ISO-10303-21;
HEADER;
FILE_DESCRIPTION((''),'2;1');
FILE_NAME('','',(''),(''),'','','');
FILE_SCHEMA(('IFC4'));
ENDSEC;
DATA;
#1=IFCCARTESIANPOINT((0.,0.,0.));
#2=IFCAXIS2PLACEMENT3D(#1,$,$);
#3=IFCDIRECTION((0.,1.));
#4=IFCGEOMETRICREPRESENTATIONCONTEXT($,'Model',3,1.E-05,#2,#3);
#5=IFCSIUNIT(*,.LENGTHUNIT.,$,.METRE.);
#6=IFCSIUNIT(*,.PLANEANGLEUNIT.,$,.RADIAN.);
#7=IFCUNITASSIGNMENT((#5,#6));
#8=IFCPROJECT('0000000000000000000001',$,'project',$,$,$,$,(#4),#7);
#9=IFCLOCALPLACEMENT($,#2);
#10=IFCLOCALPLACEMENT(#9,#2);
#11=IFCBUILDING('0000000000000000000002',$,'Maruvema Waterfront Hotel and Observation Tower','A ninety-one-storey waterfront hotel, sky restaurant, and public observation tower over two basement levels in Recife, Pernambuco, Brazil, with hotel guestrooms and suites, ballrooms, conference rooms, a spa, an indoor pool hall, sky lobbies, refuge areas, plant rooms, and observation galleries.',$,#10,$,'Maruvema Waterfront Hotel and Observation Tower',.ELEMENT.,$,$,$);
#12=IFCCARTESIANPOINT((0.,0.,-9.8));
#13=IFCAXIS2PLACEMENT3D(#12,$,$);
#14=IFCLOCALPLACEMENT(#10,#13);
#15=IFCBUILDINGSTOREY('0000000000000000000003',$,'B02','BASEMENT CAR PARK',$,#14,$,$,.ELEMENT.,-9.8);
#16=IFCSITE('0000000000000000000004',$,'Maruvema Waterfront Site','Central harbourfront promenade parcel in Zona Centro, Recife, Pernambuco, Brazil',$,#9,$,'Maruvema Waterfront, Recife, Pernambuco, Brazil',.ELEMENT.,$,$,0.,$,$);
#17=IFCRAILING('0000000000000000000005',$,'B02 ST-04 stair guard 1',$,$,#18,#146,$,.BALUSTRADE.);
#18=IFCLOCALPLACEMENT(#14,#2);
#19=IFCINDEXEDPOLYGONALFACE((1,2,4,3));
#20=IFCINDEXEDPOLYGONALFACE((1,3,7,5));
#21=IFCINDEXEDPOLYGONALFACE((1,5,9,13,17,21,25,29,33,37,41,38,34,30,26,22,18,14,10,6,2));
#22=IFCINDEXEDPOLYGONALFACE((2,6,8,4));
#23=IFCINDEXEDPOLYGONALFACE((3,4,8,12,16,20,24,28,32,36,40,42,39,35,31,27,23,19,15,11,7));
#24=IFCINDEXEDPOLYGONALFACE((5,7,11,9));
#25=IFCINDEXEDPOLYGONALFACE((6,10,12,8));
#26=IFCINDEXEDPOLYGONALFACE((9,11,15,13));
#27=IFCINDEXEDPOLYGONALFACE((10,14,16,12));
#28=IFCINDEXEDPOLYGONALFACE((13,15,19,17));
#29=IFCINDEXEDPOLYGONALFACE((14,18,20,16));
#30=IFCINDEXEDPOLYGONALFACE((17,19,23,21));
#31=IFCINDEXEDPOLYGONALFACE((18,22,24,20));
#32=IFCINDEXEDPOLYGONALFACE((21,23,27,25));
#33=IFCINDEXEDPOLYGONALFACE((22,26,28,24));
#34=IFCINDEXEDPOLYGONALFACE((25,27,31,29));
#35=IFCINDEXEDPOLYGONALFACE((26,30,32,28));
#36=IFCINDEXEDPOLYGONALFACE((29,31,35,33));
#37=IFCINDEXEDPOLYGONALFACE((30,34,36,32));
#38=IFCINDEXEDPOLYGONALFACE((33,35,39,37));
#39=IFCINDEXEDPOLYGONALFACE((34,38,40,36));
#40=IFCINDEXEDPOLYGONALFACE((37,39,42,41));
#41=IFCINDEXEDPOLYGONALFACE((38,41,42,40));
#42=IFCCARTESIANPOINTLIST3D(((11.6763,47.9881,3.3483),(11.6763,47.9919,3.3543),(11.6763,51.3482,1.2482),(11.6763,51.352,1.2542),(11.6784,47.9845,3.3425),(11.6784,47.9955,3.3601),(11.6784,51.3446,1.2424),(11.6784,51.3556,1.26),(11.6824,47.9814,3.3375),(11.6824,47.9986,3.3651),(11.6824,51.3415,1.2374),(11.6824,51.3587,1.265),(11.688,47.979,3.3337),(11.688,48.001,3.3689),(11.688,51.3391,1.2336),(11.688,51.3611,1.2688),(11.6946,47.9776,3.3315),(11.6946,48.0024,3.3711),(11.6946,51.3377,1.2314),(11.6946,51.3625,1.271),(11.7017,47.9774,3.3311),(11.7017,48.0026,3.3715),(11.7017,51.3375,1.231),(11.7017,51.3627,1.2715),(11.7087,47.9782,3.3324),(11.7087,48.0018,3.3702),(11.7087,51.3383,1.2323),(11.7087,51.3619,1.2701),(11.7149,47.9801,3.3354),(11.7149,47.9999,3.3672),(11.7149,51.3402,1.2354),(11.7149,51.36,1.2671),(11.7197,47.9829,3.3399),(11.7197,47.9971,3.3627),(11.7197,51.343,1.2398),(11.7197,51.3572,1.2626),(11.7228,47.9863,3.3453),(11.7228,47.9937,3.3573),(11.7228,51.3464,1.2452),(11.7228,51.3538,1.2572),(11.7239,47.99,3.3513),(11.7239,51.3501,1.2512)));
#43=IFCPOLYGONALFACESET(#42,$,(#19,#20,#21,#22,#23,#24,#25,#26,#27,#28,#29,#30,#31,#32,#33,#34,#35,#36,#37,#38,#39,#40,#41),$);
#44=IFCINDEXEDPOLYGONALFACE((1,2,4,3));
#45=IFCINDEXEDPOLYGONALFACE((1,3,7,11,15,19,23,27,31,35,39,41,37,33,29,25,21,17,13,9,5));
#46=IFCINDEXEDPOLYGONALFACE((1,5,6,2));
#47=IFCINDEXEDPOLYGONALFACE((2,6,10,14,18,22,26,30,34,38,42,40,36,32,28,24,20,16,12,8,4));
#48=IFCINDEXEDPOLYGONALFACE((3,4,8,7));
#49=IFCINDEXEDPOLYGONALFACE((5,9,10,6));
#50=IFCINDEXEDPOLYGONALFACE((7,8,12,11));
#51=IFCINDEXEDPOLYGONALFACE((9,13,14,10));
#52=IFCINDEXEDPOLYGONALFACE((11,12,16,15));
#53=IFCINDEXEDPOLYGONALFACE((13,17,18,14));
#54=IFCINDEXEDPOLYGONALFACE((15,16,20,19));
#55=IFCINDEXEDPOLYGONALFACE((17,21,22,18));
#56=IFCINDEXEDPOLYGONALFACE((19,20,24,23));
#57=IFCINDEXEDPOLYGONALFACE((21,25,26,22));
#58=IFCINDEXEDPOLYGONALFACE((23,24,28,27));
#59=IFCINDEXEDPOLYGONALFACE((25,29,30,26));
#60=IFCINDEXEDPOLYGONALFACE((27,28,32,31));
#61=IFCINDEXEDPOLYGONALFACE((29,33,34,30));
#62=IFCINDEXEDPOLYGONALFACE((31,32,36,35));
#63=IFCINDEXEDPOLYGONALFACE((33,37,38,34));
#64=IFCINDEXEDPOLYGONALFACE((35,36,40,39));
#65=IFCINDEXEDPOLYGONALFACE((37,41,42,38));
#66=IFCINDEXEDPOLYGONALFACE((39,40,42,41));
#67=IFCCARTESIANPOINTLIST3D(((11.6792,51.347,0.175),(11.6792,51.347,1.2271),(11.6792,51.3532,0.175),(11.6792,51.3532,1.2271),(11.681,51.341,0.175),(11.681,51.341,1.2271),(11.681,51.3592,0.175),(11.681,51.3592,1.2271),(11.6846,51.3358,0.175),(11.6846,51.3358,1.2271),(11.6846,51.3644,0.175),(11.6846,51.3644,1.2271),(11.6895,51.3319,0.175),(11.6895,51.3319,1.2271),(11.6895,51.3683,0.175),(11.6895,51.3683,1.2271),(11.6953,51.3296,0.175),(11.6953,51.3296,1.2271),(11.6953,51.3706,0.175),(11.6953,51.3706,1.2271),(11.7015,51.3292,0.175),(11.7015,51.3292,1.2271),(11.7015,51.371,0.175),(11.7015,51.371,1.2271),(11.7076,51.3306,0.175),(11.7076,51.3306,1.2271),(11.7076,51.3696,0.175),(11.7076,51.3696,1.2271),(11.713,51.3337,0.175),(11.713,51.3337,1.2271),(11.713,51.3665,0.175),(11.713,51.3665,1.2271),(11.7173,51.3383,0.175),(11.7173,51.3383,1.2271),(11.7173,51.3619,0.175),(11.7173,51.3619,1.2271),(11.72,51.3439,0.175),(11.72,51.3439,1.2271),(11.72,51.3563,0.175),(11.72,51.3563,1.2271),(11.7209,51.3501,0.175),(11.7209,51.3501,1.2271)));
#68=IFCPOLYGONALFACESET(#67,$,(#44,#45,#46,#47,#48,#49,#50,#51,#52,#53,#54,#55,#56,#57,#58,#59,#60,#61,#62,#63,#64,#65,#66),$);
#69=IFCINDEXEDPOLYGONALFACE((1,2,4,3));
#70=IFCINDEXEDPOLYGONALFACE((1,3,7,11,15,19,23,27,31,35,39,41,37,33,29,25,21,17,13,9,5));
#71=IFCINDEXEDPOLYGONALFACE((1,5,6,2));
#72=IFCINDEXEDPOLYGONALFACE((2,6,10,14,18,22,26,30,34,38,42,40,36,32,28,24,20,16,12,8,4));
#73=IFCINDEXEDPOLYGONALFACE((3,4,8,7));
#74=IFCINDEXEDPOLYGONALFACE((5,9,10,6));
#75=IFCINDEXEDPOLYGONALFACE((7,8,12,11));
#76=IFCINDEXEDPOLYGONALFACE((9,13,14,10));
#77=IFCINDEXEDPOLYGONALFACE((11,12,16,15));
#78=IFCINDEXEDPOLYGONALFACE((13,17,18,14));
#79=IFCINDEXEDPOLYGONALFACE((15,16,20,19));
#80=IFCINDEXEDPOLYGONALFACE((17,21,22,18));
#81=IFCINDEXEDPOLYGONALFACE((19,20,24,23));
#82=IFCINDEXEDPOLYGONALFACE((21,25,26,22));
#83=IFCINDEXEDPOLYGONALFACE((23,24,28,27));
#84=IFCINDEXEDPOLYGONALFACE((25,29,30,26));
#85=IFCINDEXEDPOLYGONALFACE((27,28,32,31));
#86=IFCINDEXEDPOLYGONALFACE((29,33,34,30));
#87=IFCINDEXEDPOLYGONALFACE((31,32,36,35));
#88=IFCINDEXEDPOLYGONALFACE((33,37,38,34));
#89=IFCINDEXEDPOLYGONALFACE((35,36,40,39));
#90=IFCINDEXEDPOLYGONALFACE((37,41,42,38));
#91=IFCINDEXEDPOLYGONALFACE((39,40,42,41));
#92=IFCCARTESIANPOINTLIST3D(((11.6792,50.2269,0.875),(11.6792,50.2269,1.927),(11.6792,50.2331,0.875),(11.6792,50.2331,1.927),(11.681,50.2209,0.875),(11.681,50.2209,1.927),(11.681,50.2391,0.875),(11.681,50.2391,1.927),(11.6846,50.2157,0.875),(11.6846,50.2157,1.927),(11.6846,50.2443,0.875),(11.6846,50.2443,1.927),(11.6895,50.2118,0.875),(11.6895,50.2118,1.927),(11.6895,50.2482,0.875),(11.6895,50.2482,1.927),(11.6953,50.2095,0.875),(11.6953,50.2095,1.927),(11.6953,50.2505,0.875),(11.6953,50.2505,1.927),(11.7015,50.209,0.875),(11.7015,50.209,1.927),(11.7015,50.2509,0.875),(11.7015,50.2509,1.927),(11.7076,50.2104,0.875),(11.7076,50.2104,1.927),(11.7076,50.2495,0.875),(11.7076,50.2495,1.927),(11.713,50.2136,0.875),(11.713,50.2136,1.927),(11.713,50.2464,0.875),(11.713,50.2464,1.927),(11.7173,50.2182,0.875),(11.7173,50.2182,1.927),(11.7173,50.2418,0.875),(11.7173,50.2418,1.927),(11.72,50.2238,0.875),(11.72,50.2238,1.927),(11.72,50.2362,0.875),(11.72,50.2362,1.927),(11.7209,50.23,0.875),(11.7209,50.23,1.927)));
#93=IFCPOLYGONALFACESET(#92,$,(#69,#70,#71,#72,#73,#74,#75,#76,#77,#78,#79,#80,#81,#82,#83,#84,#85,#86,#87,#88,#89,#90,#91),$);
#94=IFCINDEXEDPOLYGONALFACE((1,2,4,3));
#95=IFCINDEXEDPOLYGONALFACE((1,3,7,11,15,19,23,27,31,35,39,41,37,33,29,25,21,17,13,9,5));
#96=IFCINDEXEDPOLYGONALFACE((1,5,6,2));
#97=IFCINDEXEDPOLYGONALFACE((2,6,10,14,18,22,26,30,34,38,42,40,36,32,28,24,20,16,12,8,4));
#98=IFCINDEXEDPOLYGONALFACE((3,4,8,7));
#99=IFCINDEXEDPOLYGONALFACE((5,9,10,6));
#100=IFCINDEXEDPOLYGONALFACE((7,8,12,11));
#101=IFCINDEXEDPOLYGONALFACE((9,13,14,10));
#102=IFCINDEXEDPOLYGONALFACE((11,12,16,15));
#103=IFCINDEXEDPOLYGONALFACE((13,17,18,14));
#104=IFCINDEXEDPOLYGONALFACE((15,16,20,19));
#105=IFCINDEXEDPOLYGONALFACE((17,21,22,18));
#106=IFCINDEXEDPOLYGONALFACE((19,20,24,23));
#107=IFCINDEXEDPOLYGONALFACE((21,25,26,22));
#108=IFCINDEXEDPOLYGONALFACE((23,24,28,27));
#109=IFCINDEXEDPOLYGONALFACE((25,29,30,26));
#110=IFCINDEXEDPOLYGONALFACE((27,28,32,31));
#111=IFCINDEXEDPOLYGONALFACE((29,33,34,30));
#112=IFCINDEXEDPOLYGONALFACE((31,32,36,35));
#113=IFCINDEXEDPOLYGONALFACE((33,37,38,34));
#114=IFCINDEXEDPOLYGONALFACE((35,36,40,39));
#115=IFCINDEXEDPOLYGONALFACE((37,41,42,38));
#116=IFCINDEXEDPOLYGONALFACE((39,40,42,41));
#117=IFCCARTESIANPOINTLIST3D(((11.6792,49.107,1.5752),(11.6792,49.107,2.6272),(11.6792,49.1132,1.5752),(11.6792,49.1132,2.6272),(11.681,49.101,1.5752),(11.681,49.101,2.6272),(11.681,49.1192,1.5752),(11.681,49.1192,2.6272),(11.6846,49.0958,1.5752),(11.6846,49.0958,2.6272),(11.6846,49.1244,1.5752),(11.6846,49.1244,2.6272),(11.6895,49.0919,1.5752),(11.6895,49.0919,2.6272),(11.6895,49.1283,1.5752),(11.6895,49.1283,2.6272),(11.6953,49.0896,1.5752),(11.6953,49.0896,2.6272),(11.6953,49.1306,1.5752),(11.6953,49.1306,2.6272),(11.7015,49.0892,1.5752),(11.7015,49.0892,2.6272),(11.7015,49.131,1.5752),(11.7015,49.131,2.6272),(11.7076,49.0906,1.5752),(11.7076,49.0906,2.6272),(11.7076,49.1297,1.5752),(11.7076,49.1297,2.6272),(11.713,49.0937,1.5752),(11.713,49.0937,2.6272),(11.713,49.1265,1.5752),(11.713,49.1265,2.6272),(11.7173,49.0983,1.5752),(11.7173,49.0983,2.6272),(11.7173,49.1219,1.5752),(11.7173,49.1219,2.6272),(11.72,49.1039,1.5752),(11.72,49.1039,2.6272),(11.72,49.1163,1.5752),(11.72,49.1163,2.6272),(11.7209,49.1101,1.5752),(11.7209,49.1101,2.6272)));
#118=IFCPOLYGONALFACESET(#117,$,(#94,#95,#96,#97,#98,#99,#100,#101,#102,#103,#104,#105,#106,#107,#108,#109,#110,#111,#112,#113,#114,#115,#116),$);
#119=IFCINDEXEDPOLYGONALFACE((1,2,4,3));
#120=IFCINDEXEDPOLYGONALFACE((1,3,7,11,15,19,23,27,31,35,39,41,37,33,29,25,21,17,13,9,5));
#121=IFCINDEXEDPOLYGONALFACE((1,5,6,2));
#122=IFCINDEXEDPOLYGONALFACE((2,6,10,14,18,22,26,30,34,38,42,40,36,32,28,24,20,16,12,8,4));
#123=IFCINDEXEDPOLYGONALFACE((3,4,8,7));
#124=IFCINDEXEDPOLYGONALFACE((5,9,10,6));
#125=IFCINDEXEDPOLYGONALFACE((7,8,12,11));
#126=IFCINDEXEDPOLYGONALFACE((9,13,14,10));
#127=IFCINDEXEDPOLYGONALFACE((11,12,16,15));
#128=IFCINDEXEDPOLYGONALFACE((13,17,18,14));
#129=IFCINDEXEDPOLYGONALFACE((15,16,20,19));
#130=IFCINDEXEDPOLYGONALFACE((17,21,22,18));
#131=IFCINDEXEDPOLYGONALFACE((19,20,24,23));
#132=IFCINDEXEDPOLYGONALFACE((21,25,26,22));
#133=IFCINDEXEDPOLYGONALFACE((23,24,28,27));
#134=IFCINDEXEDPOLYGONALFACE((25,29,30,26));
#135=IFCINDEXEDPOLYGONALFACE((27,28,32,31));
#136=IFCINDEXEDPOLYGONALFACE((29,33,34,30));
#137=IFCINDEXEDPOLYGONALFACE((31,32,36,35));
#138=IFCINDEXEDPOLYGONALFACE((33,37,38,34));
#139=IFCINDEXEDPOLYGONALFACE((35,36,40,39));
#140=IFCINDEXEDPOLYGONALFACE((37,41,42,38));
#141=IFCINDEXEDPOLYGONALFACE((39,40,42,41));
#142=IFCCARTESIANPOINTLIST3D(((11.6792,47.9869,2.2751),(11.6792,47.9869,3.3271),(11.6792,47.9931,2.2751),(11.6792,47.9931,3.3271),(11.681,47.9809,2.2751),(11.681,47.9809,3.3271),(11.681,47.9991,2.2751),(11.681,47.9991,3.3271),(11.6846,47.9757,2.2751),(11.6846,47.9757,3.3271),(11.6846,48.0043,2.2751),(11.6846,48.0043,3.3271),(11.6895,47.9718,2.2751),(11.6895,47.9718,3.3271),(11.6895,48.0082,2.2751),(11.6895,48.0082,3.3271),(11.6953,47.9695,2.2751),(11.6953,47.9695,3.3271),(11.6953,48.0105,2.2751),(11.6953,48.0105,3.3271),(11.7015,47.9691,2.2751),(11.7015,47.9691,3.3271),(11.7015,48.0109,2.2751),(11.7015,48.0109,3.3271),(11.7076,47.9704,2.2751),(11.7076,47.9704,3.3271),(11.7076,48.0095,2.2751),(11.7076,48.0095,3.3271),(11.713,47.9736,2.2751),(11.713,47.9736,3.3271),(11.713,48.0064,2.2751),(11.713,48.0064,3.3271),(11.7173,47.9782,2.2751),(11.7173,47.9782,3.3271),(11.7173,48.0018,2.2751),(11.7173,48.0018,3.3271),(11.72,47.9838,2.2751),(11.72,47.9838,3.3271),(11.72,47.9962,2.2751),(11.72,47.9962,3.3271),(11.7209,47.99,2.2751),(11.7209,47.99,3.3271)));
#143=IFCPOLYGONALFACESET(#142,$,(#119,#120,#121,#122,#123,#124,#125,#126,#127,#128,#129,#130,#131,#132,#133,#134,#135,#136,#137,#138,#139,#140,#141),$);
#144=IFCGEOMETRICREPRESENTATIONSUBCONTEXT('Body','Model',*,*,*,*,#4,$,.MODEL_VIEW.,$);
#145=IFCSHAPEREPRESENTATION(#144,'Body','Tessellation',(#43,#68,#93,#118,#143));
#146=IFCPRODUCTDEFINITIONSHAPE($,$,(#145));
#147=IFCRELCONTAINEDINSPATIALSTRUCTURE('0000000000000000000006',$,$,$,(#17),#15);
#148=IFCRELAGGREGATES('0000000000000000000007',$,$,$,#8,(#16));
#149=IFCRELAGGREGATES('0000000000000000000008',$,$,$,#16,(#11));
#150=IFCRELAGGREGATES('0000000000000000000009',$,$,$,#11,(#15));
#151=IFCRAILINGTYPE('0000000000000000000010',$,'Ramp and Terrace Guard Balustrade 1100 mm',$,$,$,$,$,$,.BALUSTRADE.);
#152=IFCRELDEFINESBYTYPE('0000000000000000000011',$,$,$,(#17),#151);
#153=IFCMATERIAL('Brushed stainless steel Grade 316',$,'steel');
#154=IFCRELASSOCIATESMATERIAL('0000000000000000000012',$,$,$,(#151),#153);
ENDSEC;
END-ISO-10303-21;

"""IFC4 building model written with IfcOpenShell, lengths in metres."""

from ifc_helpers import new_model, si_unit, direction, frame, origin, origin_2d, place, context, subcontext, project, spatial, circle, extrude, material, type_object, element, save


model = new_model("IFC4")

# Units and contexts
model_context = context("Model", 3, precision=1e-05, world=origin(), true_north=direction((0.0, 1.0)))
body_context = subcontext(model_context, "Body", "Model", "MODEL_VIEW")
ifc_project = project(units=[si_unit("LENGTHUNIT", "METRE"), si_unit("PLANEANGLEUNIT", "RADIAN")], contexts=[model_context])

# Site, building, storey
site_placement = place(None, origin())
site = spatial("IfcSite", under=ifc_project, at=site_placement, Name="Maruvema Waterfront Site", Description="Central harbourfront promenade parcel in Zona Centro, Recife, Pernambuco, Brazil", LongName="Maruvema Waterfront, Recife, Pernambuco, Brazil", CompositionType="ELEMENT", RefElevation=0.0)
building_placement = place(site_placement, origin())
building = spatial("IfcBuilding", under=site, at=building_placement, Name="Maruvema Waterfront Hotel and Observation Tower", Description="A ninety-one-storey waterfront hotel, sky restaurant, and public observation tower over two basement levels in Recife, Pernambuco, Brazil, with hotel guestrooms and suites, ballrooms, conference rooms, a spa, an indoor pool hall, sky lobbies, refuge areas, plant rooms, and observation galleries.", LongName="Maruvema Waterfront Hotel and Observation Tower", CompositionType="ELEMENT")
storey_placement = place(building_placement, frame((0.0, 0.0, -9.8)))
storey = spatial("IfcBuildingStorey", under=building, at=storey_placement, Name="B02", Description="BASEMENT CAR PARK", CompositionType="ELEMENT", Elevation=-9.8)

# Railing
ifc_material_1 = material(Name="Brushed stainless steel Grade 316", Category="steel")
railing_type_1 = type_object("IfcRailingType", Name="Ramp and Terrace Guard Balustrade 1100 mm", PredefinedType="BALUSTRADE", material=ifc_material_1)
railing_1_placement = place(storey_placement, frame((11.7, 51.3501, 0.175)))
element("IfcRailing", 1, at=railing_1_placement, inside=storey, type_object=railing_type_1, Name="B02 ST-04 stair guard 1", PredefinedType="BALUSTRADE", context=body_context, shape_type="SweptSolid", body=[
    extrude(circle(Radius=0.0239, at=origin_2d()), frame((0.0, 0.0, 1.0762), z_axis=(0.0, -0.847995, 0.530004), x_axis=(1.0, 0.0, 0.0)), (0.0, 0.0, 1.0), 3.9624),
    extrude(circle(Radius=0.021, at=origin_2d()), origin(), (0.0, 0.0, 1.0), 1.052),
    extrude(circle(Radius=0.021, at=origin_2d()), frame((0.0, -1.1201, 0.7)), (0.0, 0.0, 1.0), 1.052),
    extrude(circle(Radius=0.021, at=origin_2d()), frame((0.0, -2.24, 1.4001)), (0.0, 0.0, 1.0), 1.052),
    extrude(circle(Radius=0.021, at=origin_2d()), frame((0.0, -3.3601, 2.1001)), (0.0, 0.0, 1.0), 1.052),
])

save(model, "model.ifc")
